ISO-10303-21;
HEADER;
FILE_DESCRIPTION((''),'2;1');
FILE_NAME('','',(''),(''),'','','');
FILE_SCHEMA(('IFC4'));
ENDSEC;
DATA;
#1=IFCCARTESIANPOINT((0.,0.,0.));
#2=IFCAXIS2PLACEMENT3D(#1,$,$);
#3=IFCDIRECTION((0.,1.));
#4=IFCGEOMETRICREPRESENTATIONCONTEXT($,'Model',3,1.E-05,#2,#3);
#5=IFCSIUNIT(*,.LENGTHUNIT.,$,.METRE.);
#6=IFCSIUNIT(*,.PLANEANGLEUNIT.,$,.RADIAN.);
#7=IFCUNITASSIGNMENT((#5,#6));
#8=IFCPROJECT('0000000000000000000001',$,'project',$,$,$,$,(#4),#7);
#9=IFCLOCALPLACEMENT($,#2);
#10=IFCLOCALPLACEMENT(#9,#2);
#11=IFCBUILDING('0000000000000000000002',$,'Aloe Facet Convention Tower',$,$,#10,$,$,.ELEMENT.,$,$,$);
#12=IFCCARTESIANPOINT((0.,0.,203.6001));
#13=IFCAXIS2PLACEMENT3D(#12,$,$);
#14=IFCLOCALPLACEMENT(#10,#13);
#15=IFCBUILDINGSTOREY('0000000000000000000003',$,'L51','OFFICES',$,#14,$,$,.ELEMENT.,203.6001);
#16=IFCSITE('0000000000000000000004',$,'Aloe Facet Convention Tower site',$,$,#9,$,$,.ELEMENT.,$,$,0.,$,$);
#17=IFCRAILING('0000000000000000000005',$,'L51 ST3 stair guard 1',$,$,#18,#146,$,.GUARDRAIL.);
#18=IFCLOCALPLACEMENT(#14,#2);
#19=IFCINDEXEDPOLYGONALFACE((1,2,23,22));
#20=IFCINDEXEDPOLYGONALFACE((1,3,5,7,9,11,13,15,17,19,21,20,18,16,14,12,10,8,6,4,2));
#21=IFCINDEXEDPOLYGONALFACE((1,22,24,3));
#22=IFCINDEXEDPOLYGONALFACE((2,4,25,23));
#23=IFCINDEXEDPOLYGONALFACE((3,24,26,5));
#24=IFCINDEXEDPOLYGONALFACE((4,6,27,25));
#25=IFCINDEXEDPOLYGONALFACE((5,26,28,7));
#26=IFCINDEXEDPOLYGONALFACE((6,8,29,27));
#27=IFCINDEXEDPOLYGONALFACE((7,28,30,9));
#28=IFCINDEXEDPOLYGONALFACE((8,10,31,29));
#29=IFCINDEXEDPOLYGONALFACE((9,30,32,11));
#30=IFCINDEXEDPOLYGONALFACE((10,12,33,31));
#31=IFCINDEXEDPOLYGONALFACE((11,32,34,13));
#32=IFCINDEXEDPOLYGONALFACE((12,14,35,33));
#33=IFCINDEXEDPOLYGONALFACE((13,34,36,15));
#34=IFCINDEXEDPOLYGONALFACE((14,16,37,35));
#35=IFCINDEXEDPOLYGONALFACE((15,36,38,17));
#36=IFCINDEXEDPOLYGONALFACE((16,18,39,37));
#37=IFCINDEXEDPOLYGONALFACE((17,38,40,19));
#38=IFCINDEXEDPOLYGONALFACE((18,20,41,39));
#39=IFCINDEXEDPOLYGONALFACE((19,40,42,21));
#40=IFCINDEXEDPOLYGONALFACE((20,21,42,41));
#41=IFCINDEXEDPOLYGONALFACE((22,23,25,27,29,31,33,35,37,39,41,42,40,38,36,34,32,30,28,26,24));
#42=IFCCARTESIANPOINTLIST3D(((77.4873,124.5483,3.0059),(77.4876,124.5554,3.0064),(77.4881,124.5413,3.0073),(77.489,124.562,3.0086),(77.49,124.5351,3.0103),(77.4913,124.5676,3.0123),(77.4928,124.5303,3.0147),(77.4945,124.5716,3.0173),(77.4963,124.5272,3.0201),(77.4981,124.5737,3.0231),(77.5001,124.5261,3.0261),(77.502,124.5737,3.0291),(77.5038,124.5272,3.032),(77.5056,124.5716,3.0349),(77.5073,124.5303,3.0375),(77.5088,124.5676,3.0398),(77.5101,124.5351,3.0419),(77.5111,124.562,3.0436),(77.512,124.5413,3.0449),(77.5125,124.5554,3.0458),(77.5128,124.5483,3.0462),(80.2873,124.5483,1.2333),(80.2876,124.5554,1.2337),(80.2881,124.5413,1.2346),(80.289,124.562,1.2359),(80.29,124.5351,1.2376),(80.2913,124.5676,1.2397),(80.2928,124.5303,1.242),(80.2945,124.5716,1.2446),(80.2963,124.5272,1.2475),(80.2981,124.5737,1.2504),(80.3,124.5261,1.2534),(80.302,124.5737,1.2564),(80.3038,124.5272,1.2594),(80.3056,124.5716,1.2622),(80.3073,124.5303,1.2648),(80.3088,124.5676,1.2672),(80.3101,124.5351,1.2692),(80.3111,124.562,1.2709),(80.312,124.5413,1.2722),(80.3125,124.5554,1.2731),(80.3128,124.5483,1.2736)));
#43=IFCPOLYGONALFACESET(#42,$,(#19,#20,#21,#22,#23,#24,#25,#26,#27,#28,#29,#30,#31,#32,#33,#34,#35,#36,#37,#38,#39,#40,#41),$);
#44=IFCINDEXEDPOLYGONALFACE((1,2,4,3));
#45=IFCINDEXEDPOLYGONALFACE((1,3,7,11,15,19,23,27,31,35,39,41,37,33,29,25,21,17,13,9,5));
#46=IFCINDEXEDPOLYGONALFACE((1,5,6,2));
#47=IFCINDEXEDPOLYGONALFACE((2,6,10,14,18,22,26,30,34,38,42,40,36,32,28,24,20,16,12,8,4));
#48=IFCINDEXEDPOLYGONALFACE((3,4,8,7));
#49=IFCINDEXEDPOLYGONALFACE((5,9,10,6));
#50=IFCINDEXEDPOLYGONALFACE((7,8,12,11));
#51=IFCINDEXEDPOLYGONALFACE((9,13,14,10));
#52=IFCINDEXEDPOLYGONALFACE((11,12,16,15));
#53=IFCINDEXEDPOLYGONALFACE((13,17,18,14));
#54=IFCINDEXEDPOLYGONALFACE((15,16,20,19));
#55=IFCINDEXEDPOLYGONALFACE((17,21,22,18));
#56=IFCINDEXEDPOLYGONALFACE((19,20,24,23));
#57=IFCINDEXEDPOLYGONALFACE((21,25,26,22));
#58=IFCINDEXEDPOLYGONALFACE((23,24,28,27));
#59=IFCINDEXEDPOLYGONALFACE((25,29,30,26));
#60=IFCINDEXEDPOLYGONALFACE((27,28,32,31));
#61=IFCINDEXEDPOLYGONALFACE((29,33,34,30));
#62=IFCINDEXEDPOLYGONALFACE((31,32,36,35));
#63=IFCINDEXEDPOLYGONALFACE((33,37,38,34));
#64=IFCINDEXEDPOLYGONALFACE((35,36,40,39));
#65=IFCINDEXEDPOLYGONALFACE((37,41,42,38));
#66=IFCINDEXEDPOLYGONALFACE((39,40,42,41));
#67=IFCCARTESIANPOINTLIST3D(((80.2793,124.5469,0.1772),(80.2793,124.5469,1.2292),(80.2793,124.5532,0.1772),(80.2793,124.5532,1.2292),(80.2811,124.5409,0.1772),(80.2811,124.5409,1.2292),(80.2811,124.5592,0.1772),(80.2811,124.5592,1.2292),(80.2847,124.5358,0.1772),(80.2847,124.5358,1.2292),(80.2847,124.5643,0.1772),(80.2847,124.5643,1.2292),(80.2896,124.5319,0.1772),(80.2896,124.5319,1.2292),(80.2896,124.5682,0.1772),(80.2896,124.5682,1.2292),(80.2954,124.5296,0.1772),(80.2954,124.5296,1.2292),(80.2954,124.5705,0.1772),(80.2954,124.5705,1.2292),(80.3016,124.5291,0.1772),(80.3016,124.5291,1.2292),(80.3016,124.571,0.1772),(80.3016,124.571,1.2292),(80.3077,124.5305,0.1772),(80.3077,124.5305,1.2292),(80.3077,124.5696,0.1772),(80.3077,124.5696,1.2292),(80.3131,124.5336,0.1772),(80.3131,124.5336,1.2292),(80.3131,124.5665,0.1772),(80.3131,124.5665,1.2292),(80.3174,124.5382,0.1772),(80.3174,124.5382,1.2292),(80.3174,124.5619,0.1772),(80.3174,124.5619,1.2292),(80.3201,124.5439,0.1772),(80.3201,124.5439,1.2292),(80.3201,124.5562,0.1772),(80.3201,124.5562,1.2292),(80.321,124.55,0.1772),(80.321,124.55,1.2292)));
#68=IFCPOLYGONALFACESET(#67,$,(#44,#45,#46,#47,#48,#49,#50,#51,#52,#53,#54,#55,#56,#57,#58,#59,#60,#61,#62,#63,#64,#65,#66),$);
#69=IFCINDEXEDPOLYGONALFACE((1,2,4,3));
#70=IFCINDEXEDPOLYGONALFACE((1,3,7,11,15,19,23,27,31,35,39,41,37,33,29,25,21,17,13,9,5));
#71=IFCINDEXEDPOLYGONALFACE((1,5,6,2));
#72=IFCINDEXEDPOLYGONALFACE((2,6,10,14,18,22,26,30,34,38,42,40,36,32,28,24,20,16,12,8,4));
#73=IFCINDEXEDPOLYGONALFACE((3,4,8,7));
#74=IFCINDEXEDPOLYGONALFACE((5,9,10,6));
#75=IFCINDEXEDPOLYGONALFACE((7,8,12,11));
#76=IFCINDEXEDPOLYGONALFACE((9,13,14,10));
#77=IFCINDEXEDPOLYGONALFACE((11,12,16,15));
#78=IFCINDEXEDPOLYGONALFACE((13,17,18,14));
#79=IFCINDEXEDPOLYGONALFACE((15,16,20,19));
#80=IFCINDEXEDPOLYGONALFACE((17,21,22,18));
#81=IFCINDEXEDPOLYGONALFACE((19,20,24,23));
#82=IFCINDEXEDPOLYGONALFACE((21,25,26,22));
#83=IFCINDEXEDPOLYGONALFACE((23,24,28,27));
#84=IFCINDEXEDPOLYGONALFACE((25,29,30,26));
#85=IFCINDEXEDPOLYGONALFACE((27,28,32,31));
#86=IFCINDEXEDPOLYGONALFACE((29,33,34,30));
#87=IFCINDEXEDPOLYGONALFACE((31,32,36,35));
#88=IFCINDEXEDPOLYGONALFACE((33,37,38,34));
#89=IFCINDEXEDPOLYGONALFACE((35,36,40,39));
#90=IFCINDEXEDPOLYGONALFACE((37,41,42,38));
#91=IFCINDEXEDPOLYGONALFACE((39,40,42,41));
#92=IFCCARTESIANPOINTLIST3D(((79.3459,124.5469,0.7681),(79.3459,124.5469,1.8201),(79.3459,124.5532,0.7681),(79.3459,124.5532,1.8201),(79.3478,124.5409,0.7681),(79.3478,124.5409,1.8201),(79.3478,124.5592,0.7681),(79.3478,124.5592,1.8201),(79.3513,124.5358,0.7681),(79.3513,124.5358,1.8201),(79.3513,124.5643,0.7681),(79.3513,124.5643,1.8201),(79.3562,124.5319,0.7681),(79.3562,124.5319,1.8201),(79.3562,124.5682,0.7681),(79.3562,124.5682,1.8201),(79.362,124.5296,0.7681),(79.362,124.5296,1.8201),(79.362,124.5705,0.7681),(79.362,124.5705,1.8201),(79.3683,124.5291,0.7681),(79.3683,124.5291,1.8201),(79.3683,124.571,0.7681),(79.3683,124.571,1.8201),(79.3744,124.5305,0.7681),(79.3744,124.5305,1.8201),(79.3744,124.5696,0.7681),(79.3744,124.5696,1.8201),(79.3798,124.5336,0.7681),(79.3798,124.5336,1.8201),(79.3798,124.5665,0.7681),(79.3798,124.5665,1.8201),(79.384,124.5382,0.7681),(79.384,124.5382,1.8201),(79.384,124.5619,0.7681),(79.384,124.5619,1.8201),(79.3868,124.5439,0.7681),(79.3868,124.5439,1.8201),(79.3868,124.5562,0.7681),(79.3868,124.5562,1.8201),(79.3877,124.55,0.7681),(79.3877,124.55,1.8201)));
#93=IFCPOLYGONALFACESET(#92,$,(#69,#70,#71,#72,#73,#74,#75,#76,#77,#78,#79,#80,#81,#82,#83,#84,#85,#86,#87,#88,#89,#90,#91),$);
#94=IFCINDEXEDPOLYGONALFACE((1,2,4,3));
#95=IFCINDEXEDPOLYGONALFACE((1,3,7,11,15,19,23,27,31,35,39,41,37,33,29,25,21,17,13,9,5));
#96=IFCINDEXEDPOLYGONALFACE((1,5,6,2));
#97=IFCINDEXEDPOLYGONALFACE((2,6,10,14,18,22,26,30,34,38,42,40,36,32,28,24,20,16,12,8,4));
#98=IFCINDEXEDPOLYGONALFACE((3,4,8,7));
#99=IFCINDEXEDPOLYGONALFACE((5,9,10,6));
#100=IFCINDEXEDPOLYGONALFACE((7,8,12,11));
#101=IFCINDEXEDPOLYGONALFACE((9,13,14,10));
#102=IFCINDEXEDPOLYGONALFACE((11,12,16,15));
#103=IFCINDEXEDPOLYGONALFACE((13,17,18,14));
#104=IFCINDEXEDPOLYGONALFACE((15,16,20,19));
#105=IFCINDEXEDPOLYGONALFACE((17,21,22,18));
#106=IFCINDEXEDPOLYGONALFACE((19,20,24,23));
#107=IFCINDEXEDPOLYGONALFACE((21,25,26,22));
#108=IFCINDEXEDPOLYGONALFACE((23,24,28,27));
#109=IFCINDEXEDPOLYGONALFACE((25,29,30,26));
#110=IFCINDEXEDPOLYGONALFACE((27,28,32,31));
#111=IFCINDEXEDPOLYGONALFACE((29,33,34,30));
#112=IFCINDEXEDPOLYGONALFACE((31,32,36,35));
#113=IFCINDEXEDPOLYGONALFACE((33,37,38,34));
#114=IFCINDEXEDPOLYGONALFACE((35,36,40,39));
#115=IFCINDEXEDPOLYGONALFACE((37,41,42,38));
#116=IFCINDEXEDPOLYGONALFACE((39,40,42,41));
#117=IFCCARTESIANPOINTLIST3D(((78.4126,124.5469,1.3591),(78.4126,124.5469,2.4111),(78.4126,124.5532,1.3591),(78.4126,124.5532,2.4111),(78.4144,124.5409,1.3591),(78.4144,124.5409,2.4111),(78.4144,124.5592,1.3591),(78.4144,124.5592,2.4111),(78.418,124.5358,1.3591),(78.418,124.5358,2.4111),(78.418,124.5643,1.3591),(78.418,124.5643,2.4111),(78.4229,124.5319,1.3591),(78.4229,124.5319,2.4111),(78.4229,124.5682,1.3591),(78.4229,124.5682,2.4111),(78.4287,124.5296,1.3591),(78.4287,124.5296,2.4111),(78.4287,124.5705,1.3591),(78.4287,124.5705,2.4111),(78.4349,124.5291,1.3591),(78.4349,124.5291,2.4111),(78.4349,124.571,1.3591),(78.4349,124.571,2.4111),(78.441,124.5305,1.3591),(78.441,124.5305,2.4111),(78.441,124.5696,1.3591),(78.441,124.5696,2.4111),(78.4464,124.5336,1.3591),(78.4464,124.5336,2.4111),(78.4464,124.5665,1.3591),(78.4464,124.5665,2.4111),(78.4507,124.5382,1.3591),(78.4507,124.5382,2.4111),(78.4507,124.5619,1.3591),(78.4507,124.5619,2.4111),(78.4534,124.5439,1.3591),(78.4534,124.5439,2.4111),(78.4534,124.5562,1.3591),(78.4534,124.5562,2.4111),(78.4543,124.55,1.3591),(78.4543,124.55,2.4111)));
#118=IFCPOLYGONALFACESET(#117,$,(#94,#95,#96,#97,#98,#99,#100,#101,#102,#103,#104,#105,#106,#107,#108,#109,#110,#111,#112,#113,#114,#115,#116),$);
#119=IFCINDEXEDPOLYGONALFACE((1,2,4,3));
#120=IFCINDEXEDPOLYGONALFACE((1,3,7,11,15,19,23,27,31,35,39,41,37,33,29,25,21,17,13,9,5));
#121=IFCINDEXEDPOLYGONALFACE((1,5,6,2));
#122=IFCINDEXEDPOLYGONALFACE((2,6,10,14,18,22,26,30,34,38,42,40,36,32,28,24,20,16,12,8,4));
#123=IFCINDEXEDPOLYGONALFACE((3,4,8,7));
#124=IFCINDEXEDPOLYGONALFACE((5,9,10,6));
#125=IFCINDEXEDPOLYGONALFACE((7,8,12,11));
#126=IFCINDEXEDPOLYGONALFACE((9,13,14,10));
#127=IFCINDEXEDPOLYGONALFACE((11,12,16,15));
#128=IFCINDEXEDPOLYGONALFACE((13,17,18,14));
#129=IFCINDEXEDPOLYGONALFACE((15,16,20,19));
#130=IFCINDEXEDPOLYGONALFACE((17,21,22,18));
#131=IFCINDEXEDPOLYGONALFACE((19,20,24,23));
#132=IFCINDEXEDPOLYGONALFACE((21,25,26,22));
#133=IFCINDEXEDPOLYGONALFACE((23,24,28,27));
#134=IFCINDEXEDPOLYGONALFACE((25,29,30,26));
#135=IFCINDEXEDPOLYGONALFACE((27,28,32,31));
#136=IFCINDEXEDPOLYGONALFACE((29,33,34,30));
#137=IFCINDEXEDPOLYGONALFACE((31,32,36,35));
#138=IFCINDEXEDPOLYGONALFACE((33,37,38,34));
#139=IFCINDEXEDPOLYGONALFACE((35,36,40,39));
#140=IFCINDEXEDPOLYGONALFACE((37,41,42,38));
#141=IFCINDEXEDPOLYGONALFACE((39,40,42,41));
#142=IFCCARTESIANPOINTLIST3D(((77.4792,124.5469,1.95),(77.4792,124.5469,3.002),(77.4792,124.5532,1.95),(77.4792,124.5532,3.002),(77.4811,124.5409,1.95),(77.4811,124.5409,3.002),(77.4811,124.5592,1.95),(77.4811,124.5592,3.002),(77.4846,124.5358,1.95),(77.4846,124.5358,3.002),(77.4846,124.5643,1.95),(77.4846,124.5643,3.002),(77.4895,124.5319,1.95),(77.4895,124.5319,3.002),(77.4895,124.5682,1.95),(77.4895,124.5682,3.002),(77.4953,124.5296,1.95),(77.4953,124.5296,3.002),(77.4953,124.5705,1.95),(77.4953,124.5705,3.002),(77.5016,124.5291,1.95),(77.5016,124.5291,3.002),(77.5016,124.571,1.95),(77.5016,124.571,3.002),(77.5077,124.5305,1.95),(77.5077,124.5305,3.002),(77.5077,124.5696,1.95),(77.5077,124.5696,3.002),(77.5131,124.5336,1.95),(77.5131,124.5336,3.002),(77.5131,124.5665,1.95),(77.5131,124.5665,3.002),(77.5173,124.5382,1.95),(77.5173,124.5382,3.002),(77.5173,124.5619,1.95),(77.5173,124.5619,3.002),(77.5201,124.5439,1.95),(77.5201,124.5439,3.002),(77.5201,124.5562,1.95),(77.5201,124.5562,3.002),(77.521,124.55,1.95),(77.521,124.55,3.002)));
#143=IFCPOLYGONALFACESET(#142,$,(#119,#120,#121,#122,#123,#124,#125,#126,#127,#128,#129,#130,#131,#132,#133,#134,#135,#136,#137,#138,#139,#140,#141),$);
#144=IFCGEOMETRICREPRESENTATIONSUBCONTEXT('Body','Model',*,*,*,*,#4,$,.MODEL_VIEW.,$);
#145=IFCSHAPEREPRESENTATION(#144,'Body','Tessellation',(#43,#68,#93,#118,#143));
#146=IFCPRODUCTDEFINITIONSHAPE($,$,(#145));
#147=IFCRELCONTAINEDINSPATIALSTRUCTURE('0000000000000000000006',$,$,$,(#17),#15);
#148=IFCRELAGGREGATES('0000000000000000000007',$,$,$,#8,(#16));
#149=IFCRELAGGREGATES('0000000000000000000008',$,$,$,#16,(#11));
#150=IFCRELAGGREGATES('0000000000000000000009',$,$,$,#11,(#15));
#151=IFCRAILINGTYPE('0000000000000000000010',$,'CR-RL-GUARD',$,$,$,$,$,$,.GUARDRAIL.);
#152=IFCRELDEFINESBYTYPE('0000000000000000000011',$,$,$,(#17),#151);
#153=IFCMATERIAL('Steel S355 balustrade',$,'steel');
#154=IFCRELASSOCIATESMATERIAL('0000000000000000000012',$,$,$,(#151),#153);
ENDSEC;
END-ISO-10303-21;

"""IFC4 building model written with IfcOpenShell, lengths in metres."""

from ifc_helpers import new_model, si_unit, direction, frame, origin, origin_2d, place, context, subcontext, project, spatial, circle, extrude, material, type_object, element, save


model = new_model("IFC4")

# Units and contexts
model_context = context("Model", 3, precision=1e-05, world=origin(), true_north=direction((0.0, 1.0)))
body_context = subcontext(model_context, "Body", "Model", "MODEL_VIEW")
ifc_project = project(units=[si_unit("LENGTHUNIT", "METRE"), si_unit("PLANEANGLEUNIT", "RADIAN")], contexts=[model_context])

# Site, building, storey
site_placement = place(None, origin())
site = spatial("IfcSite", under=ifc_project, at=site_placement, Name="Aloe Facet Convention Tower site", CompositionType="ELEMENT", RefElevation=0.0)
building_placement = place(site_placement, origin())
building = spatial("IfcBuilding", under=site, at=building_placement, Name="Aloe Facet Convention Tower", CompositionType="ELEMENT")
storey_placement = place(building_placement, frame((0.0, 0.0, 203.6001)))
storey = spatial("IfcBuildingStorey", under=building, at=storey_placement, Name="L51", Description="OFFICES", CompositionType="ELEMENT", Elevation=203.6001)

# Railing
ifc_material_1 = material(Name="Steel S355 balustrade", Category="steel")
railing_type_1 = type_object("IfcRailingType", Name="CR-RL-GUARD", PredefinedType="GUARDRAIL", material=ifc_material_1)
railing_1_placement = place(storey_placement, frame((80.3, 124.55, 0.1772)))
element("IfcRailing", 1, at=railing_1_placement, inside=storey, type_object=railing_type_1, Name="L51 ST3 stair guard 1", PredefinedType="GUARDRAIL", context=body_context, shape_type="SweptSolid", body=[
    extrude(circle(Radius=0.0239, at=origin_2d()), frame((0.0, 0.0, 1.0762), z_axis=(-0.844909, 0.0, 0.53491), x_axis=(0.0, -1.0, 0.0)), (0.0, 0.0, 1.0), 3.314),
    extrude(circle(Radius=0.021, at=origin_2d()), origin(), (0.0, 0.0, 1.0), 1.052),
    extrude(circle(Radius=0.021, at=origin_2d()), frame((-0.9333, 0.0, 0.5908)), (0.0, 0.0, 1.0), 1.052),
    extrude(circle(Radius=0.021, at=origin_2d()), frame((-1.8667, 0.0, 1.1819)), (0.0, 0.0, 1.0), 1.052),
    extrude(circle(Radius=0.021, at=origin_2d()), frame((-2.8, 0.0, 1.7727)), (0.0, 0.0, 1.0), 1.052),
])

save(model, "model.ifc")
